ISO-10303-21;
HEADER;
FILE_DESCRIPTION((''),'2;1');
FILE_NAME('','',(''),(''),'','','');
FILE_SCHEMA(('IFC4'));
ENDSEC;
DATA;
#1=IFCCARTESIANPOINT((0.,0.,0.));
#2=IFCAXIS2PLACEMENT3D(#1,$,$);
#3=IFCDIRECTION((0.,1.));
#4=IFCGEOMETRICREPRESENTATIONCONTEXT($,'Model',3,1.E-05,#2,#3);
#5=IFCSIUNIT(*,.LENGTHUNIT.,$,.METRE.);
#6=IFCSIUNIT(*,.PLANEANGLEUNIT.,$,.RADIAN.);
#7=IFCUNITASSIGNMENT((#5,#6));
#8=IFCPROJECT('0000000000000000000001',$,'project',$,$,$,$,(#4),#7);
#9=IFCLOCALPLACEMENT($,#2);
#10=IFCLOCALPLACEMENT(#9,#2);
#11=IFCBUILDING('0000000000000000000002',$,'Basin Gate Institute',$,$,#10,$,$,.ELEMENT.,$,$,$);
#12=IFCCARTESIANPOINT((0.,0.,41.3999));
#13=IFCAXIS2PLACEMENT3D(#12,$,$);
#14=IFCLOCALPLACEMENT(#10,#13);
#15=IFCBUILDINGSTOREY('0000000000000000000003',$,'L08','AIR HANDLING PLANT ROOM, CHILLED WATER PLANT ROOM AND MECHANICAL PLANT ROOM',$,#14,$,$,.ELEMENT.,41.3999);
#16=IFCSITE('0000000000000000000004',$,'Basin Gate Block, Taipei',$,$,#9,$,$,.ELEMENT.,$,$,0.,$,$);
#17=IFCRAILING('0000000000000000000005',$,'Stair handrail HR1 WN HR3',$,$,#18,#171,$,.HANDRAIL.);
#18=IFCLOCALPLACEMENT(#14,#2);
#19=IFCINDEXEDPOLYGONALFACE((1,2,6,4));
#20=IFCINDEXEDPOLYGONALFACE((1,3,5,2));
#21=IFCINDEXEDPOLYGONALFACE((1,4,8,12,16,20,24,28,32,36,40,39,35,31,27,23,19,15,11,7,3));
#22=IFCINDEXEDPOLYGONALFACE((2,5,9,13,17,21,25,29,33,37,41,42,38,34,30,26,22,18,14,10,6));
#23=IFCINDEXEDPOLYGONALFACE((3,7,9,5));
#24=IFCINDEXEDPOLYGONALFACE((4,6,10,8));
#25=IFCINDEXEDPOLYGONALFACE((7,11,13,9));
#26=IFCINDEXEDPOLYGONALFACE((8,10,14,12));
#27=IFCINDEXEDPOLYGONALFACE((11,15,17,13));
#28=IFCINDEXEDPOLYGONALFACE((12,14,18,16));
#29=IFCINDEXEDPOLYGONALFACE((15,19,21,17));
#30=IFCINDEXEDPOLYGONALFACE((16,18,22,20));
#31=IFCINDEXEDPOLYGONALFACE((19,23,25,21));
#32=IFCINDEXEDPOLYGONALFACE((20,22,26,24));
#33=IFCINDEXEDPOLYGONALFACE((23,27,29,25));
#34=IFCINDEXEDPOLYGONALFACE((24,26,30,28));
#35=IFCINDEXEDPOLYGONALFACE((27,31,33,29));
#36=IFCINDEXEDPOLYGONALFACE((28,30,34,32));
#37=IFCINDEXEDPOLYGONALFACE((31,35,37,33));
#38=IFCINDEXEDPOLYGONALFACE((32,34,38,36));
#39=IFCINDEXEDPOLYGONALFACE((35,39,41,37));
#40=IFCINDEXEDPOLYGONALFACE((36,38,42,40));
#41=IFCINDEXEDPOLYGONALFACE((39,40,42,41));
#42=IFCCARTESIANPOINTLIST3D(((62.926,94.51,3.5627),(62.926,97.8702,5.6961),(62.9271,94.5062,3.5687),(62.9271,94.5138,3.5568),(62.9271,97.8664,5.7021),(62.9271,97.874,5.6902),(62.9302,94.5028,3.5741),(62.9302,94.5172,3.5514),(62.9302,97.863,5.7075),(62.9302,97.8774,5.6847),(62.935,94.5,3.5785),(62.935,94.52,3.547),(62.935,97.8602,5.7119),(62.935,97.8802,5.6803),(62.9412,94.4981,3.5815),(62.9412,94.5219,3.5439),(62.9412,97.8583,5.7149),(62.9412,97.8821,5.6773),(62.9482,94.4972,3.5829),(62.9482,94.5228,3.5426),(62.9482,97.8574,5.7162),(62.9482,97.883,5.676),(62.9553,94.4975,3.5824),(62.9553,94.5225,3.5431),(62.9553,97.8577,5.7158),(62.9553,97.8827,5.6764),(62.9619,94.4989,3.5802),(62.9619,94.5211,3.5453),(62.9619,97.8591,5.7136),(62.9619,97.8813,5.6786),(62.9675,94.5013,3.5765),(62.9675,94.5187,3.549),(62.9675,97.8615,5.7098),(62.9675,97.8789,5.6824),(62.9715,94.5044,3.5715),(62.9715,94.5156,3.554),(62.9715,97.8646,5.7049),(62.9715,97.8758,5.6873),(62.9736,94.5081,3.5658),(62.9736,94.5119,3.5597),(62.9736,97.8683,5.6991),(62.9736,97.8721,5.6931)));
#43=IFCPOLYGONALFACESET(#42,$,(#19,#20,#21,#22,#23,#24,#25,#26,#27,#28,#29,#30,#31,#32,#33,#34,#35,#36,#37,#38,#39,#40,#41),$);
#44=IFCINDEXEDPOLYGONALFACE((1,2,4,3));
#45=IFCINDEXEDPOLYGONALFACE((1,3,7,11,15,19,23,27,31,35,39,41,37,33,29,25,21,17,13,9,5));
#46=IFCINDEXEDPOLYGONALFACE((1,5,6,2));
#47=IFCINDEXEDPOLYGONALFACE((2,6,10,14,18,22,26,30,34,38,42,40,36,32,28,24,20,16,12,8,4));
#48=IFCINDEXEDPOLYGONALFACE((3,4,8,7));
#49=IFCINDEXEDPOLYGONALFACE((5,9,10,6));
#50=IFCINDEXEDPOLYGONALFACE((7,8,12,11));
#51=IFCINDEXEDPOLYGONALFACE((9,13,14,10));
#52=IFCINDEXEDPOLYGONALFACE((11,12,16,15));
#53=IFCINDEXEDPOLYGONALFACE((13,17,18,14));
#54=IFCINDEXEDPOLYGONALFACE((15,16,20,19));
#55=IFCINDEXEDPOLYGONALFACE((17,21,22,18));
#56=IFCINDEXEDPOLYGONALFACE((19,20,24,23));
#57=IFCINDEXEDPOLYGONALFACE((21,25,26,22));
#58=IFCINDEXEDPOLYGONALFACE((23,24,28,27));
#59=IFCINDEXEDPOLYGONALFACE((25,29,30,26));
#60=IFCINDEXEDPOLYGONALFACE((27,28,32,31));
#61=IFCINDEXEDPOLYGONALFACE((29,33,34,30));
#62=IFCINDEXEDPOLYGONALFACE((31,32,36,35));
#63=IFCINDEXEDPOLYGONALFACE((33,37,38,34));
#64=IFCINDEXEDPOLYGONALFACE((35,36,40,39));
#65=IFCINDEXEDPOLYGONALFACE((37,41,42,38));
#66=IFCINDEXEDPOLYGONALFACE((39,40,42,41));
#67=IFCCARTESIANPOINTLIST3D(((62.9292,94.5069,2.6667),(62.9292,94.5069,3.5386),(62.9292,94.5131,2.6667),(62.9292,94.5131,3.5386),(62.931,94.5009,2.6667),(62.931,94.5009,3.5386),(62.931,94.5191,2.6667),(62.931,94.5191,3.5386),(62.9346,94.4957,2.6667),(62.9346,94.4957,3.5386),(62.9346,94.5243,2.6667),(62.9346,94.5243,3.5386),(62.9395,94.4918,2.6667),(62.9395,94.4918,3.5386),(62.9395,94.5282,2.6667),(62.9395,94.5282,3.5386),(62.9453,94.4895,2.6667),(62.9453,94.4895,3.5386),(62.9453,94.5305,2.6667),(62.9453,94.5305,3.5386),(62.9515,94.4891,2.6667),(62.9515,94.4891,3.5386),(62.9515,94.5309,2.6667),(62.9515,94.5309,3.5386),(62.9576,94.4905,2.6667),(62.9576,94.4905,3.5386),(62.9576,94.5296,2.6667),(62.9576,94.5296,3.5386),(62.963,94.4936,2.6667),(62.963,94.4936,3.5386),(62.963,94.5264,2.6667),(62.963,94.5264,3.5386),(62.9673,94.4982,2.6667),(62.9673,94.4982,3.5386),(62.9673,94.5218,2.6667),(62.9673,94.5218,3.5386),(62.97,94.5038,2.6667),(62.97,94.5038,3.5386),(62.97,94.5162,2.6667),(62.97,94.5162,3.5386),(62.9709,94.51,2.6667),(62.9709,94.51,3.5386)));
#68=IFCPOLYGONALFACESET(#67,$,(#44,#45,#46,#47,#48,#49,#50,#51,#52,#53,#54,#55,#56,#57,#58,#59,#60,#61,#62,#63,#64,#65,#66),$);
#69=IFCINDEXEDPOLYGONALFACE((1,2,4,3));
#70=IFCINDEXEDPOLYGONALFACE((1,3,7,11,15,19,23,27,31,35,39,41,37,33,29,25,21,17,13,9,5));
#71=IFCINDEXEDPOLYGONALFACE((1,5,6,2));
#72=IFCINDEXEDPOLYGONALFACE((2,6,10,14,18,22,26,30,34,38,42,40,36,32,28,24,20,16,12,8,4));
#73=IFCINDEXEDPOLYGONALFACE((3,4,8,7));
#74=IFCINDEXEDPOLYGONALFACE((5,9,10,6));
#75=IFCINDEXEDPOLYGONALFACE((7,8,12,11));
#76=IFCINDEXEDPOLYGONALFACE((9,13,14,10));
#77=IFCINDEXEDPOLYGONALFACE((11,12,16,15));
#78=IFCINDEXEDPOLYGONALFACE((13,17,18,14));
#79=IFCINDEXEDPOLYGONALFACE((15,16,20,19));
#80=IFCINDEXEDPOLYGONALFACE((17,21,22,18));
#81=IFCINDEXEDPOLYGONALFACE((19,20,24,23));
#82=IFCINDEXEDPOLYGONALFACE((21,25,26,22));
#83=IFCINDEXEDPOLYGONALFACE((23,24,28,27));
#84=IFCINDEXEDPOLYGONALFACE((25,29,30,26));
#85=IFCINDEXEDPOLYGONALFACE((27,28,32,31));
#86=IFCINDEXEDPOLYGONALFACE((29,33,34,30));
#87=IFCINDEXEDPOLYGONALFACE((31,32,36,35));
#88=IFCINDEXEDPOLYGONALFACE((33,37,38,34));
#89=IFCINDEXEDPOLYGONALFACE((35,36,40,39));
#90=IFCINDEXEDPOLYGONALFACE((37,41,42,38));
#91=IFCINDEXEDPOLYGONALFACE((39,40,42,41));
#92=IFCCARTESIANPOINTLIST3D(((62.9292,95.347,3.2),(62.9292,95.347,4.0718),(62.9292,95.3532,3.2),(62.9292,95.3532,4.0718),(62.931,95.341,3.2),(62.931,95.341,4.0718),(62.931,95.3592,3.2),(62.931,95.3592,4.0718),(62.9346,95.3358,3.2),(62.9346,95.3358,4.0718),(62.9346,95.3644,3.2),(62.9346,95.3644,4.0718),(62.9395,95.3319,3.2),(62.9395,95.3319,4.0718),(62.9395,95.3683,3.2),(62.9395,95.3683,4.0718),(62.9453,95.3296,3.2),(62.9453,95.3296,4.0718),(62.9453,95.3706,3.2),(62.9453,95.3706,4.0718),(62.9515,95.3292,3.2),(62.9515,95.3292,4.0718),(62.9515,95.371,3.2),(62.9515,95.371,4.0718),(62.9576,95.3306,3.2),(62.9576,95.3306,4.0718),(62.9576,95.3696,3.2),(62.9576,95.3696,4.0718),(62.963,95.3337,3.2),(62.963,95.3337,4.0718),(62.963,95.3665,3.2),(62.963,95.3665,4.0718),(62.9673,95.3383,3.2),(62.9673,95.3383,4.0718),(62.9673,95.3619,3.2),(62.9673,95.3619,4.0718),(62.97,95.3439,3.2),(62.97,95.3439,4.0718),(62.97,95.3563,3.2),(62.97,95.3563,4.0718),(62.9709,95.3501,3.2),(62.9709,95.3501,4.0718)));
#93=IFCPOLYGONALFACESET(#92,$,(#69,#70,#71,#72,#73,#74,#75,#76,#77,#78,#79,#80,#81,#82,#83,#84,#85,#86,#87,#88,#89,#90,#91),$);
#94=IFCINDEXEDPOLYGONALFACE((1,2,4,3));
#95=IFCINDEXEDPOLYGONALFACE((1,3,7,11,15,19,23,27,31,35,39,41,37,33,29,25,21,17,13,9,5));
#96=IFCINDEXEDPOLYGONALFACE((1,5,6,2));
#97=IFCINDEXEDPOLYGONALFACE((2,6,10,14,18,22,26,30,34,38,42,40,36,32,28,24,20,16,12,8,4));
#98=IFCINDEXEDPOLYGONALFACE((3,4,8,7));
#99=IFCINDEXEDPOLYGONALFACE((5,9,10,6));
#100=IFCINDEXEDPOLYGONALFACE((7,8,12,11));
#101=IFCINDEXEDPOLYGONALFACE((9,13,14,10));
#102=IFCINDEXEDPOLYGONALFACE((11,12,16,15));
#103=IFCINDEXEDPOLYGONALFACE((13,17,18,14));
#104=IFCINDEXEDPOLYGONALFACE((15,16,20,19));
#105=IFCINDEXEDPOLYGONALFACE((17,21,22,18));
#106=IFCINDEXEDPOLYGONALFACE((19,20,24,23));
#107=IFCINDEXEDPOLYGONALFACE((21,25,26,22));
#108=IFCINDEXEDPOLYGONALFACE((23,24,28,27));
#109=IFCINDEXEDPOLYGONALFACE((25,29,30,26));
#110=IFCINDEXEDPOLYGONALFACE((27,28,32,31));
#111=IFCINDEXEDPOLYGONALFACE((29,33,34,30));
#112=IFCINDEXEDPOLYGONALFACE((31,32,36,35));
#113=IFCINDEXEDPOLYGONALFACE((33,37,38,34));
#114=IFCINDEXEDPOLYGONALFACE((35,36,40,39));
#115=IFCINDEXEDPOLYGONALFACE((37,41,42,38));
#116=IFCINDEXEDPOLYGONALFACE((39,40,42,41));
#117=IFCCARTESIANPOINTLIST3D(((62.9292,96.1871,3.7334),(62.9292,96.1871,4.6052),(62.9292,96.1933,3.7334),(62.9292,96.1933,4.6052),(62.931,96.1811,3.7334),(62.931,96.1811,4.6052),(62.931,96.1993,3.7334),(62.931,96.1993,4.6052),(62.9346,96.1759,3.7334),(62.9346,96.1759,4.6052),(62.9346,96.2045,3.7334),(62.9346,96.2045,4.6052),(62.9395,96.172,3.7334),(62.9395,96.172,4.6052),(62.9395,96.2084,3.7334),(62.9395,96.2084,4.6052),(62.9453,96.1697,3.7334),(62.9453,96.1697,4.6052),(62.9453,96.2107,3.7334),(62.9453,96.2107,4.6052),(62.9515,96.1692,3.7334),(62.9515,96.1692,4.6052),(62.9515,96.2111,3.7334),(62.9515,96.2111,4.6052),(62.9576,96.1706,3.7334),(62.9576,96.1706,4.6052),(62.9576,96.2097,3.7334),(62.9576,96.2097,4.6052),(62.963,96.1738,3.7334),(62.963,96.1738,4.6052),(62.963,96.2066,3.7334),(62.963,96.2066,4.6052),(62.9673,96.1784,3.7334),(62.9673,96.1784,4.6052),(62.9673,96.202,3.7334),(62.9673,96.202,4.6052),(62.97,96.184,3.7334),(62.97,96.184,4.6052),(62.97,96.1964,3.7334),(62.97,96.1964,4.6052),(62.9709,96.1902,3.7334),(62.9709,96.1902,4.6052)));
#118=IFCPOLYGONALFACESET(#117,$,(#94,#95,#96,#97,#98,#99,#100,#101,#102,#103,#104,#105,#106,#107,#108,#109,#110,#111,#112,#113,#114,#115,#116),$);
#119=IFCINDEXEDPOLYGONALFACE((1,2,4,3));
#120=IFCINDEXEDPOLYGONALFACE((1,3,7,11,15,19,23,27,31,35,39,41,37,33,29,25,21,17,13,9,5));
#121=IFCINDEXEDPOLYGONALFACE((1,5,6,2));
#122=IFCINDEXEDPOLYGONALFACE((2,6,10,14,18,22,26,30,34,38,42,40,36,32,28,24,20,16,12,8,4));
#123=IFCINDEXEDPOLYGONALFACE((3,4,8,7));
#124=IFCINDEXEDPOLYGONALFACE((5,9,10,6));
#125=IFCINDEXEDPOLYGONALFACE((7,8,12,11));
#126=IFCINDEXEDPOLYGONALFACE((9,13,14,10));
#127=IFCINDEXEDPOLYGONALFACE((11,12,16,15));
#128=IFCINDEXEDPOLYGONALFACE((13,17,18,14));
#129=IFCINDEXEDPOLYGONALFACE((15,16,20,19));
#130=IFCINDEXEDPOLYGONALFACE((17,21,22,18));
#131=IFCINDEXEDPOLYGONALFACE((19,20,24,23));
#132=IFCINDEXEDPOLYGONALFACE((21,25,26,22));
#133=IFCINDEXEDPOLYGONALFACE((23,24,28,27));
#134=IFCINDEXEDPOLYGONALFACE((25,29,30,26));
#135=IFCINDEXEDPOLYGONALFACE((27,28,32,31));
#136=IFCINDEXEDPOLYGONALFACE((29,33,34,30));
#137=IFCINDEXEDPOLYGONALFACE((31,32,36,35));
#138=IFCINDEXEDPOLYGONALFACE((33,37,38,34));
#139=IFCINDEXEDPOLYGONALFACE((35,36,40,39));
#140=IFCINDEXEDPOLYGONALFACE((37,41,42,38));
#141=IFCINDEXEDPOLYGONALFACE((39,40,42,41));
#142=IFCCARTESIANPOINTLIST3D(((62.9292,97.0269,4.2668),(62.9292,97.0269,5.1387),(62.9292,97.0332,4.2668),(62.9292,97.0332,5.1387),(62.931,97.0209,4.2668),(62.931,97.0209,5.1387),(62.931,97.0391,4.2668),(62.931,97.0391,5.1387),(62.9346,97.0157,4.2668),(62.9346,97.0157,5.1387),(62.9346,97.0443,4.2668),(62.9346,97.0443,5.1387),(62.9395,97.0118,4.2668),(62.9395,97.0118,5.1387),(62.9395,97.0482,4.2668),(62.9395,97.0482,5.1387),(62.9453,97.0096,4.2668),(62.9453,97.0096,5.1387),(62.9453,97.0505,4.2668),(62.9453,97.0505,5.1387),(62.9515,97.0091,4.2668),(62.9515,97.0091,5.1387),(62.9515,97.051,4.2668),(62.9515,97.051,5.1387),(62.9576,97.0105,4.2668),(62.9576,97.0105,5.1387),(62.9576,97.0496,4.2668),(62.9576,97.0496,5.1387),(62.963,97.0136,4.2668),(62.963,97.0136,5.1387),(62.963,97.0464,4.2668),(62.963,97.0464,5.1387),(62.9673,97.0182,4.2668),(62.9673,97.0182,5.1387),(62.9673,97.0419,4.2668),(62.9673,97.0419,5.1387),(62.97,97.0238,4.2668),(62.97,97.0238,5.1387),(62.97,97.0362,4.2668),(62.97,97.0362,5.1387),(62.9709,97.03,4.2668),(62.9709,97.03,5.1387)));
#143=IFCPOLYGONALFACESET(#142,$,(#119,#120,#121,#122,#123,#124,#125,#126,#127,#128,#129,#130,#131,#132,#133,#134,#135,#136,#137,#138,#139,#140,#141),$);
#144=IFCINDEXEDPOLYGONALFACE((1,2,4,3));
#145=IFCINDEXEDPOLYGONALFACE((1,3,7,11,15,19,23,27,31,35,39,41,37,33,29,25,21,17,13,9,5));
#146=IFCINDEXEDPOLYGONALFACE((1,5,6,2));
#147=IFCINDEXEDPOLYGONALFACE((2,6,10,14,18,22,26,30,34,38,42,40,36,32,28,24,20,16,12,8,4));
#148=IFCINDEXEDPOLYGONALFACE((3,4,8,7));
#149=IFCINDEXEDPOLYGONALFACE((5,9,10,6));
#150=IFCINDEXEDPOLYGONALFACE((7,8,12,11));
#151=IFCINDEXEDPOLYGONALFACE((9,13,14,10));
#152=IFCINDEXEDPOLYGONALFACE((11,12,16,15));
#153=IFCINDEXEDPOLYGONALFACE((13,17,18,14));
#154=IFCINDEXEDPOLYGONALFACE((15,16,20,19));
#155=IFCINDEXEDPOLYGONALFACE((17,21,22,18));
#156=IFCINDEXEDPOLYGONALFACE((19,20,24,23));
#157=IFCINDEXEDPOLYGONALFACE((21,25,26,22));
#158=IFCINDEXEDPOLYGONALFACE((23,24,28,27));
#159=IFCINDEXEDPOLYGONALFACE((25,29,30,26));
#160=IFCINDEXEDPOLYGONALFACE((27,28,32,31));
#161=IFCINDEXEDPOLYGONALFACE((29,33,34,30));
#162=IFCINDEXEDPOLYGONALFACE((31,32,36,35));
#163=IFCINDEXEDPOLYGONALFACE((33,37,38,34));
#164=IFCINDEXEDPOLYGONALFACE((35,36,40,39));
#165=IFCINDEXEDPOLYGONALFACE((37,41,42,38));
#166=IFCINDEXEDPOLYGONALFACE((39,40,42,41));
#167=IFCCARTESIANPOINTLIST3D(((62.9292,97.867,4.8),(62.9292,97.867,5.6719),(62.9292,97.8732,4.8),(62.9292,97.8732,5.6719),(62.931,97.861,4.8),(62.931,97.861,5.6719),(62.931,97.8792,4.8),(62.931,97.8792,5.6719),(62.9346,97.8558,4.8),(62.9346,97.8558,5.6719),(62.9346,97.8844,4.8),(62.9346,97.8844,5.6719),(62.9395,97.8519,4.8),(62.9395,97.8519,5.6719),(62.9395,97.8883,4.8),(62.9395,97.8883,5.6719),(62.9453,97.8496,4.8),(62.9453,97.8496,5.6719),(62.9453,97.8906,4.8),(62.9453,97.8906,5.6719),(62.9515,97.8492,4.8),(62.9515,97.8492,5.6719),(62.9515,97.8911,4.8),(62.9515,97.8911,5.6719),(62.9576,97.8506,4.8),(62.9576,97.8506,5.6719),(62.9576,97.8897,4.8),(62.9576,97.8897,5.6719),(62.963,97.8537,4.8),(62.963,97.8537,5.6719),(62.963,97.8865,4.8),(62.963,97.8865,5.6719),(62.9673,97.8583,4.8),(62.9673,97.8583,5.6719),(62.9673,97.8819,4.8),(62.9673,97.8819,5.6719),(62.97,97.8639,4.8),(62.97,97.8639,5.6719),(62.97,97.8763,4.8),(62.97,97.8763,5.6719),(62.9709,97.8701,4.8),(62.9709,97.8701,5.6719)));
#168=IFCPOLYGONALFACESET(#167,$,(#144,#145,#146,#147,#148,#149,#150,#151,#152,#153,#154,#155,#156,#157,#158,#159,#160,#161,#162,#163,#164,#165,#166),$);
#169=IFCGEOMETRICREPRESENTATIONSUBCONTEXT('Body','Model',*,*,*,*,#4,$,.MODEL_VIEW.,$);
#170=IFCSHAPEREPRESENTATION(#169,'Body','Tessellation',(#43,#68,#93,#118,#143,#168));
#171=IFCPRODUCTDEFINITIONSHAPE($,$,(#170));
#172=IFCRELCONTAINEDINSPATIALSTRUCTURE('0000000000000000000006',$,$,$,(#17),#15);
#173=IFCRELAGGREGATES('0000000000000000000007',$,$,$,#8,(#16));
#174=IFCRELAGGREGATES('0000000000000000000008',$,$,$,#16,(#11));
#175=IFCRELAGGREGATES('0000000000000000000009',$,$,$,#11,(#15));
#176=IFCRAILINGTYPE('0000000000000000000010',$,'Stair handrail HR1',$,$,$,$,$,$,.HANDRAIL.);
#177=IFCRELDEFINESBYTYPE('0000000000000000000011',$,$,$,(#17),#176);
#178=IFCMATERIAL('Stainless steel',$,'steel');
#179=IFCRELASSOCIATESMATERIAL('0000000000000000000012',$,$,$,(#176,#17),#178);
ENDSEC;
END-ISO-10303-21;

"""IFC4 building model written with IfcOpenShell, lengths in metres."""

from ifc_helpers import new_model, si_unit, direction, frame, origin, origin_2d, place, context, subcontext, project, spatial, circle, extrude, material, type_object, element, save


model = new_model("IFC4")

# Units and contexts
model_context = context("Model", 3, precision=1e-05, world=origin(), true_north=direction((0.0, 1.0)))
body_context = subcontext(model_context, "Body", "Model", "MODEL_VIEW")
ifc_project = project(units=[si_unit("LENGTHUNIT", "METRE"), si_unit("PLANEANGLEUNIT", "RADIAN")], contexts=[model_context])

# Site, building, storey
site_placement = place(None, origin())
site = spatial("IfcSite", under=ifc_project, at=site_placement, Name="Basin Gate Block, Taipei", CompositionType="ELEMENT", RefElevation=0.0)
building_placement = place(site_placement, origin())
building = spatial("IfcBuilding", under=site, at=building_placement, Name="Basin Gate Institute", CompositionType="ELEMENT")
storey_placement = place(building_placement, frame((0.0, 0.0, 41.3999)))
storey = spatial("IfcBuildingStorey", under=building, at=storey_placement, Name="L08", Description="AIR HANDLING PLANT ROOM, CHILLED WATER PLANT ROOM AND MECHANICAL PLANT ROOM", CompositionType="ELEMENT", Elevation=41.3999)

# Railing
ifc_material_1 = material(Name="Stainless steel", Category="steel")
railing_type_1 = type_object("IfcRailingType", Name="Stair handrail HR1", PredefinedType="HANDRAIL", material=ifc_material_1)
railing_1_placement = place(storey_placement, frame((62.95, 94.51, 2.6667)))
element("IfcRailing", 1, at=railing_1_placement, inside=storey, type_object=railing_type_1, material=ifc_material_1, Name="Stair handrail HR1 WN HR3", PredefinedType="HANDRAIL", context=body_context, shape_type="SweptSolid", body=[
    extrude(circle(Radius=0.0239, at=origin_2d()), frame((0.0, 0.0, 0.896), z_axis=(0.0, 0.844224, 0.53599), x_axis=(-1.0, 0.0, 0.0)), (0.0, 0.0, 1.0), 3.9802),
    extrude(circle(Radius=0.021, at=origin_2d()), origin(), (0.0, 0.0, 1.0), 0.8718),
    extrude(circle(Radius=0.021, at=origin_2d()), frame((0.0, 0.8401, 0.5332)), (0.0, 0.0, 1.0), 0.8718),
    extrude(circle(Radius=0.021, at=origin_2d()), frame((0.0, 1.6802, 1.0667)), (0.0, 0.0, 1.0), 0.8718),
    extrude(circle(Radius=0.021, at=origin_2d()), frame((0.0, 2.52, 1.6001)), (0.0, 0.0, 1.0), 0.8718),
    extrude(circle(Radius=0.021, at=origin_2d()), frame((0.0, 3.3601, 2.1333)), (0.0, 0.0, 1.0), 0.8718),
])

save(model, "model.ifc")
